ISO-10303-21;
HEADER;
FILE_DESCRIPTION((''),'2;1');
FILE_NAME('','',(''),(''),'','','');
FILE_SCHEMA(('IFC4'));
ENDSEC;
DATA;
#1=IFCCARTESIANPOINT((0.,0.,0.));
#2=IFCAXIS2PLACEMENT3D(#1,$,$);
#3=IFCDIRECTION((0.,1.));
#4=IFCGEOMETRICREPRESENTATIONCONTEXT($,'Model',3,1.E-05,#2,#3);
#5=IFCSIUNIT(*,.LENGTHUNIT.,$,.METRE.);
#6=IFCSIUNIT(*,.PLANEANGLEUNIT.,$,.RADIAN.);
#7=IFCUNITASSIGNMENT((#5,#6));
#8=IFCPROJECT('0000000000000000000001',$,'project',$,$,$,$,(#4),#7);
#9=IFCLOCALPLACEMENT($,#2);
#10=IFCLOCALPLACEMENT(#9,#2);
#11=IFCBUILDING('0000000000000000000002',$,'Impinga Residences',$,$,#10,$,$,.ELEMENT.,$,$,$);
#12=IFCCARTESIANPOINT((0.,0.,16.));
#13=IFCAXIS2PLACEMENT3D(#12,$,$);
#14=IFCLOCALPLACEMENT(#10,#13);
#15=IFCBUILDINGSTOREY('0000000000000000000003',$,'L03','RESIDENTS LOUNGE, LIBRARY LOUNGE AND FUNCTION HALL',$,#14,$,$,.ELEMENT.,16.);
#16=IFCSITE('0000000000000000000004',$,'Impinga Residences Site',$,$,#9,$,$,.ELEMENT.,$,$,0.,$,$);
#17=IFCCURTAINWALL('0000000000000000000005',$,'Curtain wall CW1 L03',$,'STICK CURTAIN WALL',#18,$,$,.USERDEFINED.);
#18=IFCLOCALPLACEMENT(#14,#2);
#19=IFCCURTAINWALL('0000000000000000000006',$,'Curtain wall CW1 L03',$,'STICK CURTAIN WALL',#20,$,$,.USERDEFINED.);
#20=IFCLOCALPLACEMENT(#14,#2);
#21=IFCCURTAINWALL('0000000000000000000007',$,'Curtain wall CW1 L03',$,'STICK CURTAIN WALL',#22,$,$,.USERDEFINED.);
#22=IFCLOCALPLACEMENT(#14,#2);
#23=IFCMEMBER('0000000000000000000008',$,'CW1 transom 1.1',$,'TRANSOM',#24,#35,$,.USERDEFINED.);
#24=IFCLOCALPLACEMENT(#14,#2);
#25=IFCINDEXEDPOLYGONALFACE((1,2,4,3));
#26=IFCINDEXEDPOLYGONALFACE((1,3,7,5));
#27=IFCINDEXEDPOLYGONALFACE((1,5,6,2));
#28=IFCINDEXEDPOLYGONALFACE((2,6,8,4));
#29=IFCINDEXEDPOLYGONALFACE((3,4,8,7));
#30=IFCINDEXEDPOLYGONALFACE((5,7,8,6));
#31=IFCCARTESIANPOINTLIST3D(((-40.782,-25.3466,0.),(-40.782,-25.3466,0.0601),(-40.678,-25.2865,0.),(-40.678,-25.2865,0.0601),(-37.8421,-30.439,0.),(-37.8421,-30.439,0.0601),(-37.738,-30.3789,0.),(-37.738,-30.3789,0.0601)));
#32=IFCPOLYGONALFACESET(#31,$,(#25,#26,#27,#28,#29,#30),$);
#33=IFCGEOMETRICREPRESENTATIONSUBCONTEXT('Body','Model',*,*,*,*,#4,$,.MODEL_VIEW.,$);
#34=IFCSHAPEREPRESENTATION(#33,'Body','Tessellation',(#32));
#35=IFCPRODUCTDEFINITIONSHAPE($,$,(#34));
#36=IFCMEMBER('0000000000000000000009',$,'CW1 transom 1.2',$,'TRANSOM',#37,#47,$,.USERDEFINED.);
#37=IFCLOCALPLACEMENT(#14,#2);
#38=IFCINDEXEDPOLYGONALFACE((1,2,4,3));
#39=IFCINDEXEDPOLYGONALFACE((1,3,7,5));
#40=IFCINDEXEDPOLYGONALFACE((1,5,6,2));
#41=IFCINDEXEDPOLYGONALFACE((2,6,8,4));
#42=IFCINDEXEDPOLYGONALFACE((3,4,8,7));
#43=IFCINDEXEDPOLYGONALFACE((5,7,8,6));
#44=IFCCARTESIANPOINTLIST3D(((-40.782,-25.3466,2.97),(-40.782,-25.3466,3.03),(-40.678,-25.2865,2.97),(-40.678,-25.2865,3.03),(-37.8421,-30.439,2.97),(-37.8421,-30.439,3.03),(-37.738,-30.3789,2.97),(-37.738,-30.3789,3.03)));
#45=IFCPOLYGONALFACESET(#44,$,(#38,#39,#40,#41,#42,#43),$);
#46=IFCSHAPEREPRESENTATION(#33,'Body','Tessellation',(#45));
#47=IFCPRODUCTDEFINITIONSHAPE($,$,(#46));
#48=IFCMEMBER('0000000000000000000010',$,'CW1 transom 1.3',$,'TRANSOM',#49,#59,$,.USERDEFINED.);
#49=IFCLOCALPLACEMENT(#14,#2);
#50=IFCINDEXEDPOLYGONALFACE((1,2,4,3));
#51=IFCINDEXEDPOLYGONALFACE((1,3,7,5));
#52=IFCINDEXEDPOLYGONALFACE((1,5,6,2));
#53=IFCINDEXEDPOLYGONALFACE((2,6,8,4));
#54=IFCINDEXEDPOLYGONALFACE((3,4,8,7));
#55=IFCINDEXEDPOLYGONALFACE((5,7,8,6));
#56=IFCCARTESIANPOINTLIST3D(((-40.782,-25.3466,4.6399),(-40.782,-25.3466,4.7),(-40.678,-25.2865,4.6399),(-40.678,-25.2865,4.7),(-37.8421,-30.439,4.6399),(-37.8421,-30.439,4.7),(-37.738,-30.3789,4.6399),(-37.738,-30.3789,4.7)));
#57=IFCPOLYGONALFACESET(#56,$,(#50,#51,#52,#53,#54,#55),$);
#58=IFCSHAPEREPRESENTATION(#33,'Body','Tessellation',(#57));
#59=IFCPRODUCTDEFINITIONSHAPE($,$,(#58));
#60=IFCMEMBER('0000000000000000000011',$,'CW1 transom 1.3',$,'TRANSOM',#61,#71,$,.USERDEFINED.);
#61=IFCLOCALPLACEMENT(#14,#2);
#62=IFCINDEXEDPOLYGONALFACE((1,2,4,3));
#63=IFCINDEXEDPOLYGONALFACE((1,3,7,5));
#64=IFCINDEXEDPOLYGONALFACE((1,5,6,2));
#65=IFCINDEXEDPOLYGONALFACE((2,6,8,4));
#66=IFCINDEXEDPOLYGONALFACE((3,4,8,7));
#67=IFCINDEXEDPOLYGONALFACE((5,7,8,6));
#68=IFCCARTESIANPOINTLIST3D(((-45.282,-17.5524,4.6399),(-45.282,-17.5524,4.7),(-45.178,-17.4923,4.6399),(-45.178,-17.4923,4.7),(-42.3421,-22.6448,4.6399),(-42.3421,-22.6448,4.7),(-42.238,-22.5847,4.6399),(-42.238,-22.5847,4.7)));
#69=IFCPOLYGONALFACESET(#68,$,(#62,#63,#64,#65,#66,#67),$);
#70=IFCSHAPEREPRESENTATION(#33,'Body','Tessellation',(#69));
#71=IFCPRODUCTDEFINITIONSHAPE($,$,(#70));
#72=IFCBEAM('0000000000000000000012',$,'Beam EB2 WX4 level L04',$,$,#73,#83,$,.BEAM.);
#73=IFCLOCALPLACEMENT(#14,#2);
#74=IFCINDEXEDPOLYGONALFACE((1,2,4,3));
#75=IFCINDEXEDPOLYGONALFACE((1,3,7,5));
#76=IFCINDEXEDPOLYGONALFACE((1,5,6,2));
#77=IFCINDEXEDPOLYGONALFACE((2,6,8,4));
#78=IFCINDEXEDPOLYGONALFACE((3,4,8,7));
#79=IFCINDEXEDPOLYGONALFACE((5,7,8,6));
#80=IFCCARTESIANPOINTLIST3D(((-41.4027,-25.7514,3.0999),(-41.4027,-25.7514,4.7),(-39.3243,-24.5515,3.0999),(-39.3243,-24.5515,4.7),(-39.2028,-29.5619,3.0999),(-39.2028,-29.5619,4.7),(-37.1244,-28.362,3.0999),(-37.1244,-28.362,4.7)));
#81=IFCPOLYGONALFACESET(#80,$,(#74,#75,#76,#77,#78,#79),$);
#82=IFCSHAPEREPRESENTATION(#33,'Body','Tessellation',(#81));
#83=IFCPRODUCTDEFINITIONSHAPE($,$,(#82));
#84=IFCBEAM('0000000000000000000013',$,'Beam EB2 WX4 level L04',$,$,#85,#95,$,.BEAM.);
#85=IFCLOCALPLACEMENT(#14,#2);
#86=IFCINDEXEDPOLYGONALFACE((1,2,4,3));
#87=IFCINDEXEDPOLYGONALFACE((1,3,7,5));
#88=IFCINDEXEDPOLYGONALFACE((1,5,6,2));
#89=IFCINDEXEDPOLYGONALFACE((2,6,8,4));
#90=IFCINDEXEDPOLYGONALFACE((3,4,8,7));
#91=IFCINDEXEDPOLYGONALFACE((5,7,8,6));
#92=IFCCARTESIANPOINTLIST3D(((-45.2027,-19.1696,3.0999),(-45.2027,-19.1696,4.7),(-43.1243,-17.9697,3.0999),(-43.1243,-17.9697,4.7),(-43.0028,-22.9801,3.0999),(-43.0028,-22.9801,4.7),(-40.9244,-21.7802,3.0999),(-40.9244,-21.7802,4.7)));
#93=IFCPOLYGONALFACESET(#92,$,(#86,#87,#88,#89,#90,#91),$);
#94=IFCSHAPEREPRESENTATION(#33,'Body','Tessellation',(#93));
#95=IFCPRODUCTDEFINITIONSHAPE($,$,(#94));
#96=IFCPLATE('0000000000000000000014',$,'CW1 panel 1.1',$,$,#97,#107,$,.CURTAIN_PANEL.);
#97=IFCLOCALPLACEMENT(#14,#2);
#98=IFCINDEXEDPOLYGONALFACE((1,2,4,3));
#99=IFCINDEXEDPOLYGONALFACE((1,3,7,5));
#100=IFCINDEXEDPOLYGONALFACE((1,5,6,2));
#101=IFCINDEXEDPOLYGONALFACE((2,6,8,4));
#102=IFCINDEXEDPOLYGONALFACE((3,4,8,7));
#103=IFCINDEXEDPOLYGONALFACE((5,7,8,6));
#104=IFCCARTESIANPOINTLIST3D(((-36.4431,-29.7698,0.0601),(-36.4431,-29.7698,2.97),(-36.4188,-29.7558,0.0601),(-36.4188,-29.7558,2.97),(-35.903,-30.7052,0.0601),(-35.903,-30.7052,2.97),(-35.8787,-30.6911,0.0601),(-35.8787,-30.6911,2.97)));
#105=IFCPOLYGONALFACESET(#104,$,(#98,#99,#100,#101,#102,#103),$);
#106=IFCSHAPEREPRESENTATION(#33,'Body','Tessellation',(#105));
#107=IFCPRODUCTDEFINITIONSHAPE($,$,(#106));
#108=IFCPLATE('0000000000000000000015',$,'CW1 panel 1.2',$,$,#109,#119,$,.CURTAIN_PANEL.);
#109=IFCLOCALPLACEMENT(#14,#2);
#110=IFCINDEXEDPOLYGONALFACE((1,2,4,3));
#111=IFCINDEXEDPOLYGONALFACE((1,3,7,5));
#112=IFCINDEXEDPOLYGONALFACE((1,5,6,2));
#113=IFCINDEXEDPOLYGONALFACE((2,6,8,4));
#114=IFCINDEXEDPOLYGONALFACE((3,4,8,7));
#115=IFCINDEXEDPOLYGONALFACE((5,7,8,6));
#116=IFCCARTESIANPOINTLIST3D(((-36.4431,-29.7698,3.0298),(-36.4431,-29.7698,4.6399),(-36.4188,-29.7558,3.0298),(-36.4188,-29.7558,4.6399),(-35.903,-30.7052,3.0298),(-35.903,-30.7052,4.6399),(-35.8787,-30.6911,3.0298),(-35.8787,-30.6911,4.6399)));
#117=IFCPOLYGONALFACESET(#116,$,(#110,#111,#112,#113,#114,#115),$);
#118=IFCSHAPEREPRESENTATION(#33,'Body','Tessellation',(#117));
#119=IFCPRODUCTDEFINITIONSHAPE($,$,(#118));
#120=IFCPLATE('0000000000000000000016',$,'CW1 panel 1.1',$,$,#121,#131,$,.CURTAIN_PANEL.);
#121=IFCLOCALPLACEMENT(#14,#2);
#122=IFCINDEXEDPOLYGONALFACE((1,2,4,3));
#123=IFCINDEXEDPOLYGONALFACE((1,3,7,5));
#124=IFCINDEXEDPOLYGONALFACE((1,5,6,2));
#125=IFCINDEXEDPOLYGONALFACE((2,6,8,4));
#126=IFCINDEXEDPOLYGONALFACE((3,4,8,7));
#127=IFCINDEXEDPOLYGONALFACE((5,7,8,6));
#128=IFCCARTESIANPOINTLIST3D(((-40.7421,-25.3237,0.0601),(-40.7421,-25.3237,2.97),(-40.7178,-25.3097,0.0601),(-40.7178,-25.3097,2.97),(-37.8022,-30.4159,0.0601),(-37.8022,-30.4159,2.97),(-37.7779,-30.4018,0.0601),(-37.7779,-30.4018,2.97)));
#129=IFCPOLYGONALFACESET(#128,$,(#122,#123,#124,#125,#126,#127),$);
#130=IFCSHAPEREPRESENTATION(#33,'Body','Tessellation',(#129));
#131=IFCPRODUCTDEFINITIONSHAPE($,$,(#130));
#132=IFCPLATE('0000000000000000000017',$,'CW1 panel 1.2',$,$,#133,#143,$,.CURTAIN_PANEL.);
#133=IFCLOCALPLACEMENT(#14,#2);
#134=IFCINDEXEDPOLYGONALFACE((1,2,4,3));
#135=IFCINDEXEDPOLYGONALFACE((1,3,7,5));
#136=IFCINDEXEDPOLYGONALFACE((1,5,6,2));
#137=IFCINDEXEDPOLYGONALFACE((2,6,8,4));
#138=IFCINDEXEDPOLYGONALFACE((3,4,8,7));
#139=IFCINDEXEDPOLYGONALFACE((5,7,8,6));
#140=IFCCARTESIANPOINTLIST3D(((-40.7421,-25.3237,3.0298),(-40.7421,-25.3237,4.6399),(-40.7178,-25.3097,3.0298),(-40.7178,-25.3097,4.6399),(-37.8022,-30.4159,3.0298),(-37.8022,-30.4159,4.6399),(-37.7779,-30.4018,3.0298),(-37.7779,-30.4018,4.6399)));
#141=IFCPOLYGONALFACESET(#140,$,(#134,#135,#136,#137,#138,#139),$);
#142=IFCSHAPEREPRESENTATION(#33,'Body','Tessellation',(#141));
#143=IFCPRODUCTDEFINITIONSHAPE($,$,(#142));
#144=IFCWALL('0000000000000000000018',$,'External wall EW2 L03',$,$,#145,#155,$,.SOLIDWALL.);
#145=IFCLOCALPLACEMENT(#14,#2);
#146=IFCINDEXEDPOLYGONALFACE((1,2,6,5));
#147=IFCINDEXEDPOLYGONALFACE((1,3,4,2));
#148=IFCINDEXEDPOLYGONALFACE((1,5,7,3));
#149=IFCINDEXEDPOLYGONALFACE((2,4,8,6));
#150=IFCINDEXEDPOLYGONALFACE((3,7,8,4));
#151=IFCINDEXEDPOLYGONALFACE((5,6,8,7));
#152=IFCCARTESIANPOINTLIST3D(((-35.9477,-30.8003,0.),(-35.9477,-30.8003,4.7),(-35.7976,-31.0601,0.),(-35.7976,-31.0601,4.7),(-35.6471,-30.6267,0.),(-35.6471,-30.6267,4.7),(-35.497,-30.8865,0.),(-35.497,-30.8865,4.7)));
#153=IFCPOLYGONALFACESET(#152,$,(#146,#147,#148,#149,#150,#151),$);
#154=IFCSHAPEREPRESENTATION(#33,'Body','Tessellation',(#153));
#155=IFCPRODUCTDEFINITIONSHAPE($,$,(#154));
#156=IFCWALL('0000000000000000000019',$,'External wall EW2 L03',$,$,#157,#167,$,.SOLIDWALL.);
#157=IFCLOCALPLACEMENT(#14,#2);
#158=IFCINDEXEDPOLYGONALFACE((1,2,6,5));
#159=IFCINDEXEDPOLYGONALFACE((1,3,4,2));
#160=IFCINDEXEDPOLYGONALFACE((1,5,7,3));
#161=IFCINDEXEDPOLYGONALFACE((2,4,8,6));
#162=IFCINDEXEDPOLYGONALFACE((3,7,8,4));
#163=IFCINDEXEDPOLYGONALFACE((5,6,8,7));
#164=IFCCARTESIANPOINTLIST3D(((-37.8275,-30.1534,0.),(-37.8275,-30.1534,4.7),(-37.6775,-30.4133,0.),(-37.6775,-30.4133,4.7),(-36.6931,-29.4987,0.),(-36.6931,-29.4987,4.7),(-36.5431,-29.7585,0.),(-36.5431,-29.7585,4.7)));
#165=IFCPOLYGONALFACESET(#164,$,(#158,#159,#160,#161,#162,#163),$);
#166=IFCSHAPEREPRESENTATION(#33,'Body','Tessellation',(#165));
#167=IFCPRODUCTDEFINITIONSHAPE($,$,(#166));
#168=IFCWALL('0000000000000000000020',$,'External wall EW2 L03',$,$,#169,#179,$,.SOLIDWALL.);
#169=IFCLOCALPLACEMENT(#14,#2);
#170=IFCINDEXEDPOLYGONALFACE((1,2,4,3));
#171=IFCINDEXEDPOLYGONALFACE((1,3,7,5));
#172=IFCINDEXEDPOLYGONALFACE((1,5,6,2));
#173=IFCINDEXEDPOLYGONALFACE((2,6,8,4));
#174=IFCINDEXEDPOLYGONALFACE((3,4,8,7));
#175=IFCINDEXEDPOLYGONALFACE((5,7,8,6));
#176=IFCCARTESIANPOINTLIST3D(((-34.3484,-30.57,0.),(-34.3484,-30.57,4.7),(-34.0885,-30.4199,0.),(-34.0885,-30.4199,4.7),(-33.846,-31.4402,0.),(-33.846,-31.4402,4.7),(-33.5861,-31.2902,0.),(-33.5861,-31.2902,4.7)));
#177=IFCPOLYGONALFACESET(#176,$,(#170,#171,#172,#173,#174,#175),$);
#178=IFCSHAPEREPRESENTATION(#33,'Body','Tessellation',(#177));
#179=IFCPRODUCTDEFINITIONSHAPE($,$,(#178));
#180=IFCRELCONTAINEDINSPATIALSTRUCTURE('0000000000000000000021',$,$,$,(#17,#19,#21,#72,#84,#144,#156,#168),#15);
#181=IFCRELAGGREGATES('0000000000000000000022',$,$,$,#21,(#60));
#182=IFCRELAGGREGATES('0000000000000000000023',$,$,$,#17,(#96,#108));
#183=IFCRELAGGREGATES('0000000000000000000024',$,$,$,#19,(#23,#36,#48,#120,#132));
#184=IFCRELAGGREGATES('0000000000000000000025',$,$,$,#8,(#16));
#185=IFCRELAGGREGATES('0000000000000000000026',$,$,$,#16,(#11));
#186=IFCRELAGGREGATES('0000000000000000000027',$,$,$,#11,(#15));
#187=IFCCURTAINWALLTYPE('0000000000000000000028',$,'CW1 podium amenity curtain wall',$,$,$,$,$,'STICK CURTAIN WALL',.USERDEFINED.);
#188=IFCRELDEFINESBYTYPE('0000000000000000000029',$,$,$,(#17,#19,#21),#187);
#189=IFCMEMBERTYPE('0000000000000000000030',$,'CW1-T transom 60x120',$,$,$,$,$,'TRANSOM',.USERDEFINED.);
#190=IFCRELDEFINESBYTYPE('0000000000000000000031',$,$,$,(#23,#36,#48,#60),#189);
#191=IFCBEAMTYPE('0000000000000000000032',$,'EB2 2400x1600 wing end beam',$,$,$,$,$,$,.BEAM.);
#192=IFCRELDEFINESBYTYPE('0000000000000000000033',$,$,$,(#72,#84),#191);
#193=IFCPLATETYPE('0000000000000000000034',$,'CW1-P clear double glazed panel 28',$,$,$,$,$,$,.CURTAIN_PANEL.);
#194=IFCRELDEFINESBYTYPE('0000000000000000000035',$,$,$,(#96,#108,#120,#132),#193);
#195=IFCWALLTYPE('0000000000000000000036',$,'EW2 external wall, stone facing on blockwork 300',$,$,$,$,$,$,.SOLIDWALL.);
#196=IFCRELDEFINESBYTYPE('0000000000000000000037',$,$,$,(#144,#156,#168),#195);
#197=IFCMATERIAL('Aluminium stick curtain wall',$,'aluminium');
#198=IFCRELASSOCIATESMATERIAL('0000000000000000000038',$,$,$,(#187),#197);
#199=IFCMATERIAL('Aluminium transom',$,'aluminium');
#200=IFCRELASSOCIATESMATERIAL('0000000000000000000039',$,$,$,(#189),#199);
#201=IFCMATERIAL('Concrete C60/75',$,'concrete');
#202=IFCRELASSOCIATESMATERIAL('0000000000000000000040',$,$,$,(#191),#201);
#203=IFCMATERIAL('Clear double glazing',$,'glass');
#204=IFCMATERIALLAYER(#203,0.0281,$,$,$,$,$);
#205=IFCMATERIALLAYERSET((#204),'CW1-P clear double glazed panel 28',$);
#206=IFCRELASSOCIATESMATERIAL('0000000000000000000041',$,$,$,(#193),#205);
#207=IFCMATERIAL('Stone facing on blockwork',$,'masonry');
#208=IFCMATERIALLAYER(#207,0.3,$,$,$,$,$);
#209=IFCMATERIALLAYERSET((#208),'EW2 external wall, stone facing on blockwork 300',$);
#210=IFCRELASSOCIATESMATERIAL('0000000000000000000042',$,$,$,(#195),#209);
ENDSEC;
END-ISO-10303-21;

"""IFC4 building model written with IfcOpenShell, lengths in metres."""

from ifc_helpers import new_model, si_unit, direction, frame, frame_2d, origin, origin_2d, place, context, subcontext, project, spatial, rectangle, extrude, material, layer, layer_set, material_profile, profile_set, type_object, element, aggregate, save


model = new_model("IFC4")

# Units and contexts
model_context = context("Model", 3, precision=1e-05, world=origin(), true_north=direction((0.0, 1.0)))
body_context = subcontext(model_context, "Body", "Model", "MODEL_VIEW")
ifc_project = project(units=[si_unit("LENGTHUNIT", "METRE"), si_unit("PLANEANGLEUNIT", "RADIAN")], contexts=[model_context])

# Site, building, storey
site_placement = place(None, origin())
site = spatial("IfcSite", under=ifc_project, at=site_placement, Name="Impinga Residences Site", CompositionType="ELEMENT", RefElevation=0.0)
building_placement = place(site_placement, origin())
building = spatial("IfcBuilding", under=site, at=building_placement, Name="Impinga Residences", CompositionType="ELEMENT")
storey_placement = place(building_placement, frame((0.0, 0.0, 16.0)))
storey = spatial("IfcBuildingStorey", under=building, at=storey_placement, Name="L03", Description="RESIDENTS LOUNGE, LIBRARY LOUNGE AND FUNCTION HALL", CompositionType="ELEMENT", Elevation=16.0)

# Shared definitions
ifc_material_1 = material(Name="Concrete C60/75", Category="concrete")

# Curtain walls
ifc_material_2 = material(Name="Aluminium stick curtain wall", Category="aluminium")
curtain_wall_type = type_object("IfcCurtainWallType", Name="CW1 podium amenity curtain wall", ElementType="STICK CURTAIN WALL", PredefinedType="USERDEFINED", material=ifc_material_2)
curtain_wall_1_placement = place(storey_placement, origin())
curtain_wall_1 = element("IfcCurtainWall", 1, at=curtain_wall_1_placement, inside=storey, type_object=curtain_wall_type, Name="Curtain wall CW1 L03", ObjectType="STICK CURTAIN WALL", PredefinedType="USERDEFINED")
curtain_wall_2_placement = place(storey_placement, origin())
curtain_wall_2 = element("IfcCurtainWall", 2, at=curtain_wall_2_placement, inside=storey, type_object=curtain_wall_type, Name="Curtain wall CW1 L03", ObjectType="STICK CURTAIN WALL", PredefinedType="USERDEFINED")

# Curtain wall
curtain_wall_3_placement = place(storey_placement, origin())
curtain_wall_3 = element("IfcCurtainWall", 3, at=curtain_wall_3_placement, inside=storey, type_object=curtain_wall_type, Name="Curtain wall CW1 L03", ObjectType="STICK CURTAIN WALL", PredefinedType="USERDEFINED")

# Members
ifc_material_3 = material(Name="Aluminium transom", Category="aluminium")
ifc_material_profile_1 = material_profile(ifc_material_3, rectangle(XDim=0.0601, YDim=0.1201, at=origin_2d()), Name="60x120 transom")
ifc_profile_set_1 = profile_set([ifc_material_profile_1], Name="Aluminium transom")
member_type_1 = type_object("IfcMemberType", Name="CW1-T transom 60x120", ElementType="TRANSOM", PredefinedType="USERDEFINED", material=ifc_profile_set_1)
member_1_placement = place(storey_placement, frame((-37.79, -30.4089, 0.03), z_axis=(-0.499988, 0.866032, 0.0), x_axis=(0.0, 0.0, 1.0)))
member_1 = element("IfcMember", 4, at=member_1_placement, type_object=member_type_1, Name="CW1 transom 1.1", ObjectType="TRANSOM", PredefinedType="USERDEFINED", context=body_context, shape_type="SweptSolid", body=[
    extrude(rectangle(XDim=0.0601, YDim=0.1201, at=origin_2d()), origin(), (0.0, 0.0, 1.0), 5.8801),
])
member_2_placement = place(storey_placement, frame((-37.79, -30.4089, 3.0), z_axis=(-0.499988, 0.866032, 0.0), x_axis=(0.0, 0.0, 1.0)))
member_2 = element("IfcMember", 5, at=member_2_placement, type_object=member_type_1, Name="CW1 transom 1.2", ObjectType="TRANSOM", PredefinedType="USERDEFINED", context=body_context, shape_type="SweptSolid", body=[
    extrude(rectangle(XDim=0.0601, YDim=0.1201, at=origin_2d()), origin(), (0.0, 0.0, 1.0), 5.8801),
])
member_3_placement = place(storey_placement, frame((-37.79, -30.4089, 4.6699), z_axis=(-0.499988, 0.866032, 0.0), x_axis=(0.0, 0.0, 1.0)))
member_3 = element("IfcMember", 6, at=member_3_placement, type_object=member_type_1, Name="CW1 transom 1.3", ObjectType="TRANSOM", PredefinedType="USERDEFINED", context=body_context, shape_type="SweptSolid", body=[
    extrude(rectangle(XDim=0.0601, YDim=0.1201, at=origin_2d()), origin(), (0.0, 0.0, 1.0), 5.8801),
])
member_4_placement = place(storey_placement, frame((-42.29, -22.6147, 4.6699), z_axis=(-0.499988, 0.866032, 0.0), x_axis=(0.0, 0.0, 1.0)))
member_4 = element("IfcMember", 7, at=member_4_placement, type_object=member_type_1, Name="CW1 transom 1.3", ObjectType="TRANSOM", PredefinedType="USERDEFINED", context=body_context, shape_type="SweptSolid", body=[
    extrude(rectangle(XDim=0.0601, YDim=0.1201, at=origin_2d()), origin(), (0.0, 0.0, 1.0), 5.8801),
])
aggregate(curtain_wall_3, [member_4])

# Beams
ifc_material_profile_2 = material_profile(ifc_material_1, rectangle(XDim=2.3999, YDim=1.6001, at=origin_2d()), Name="RC 2400x1600")
ifc_profile_set_2 = profile_set([ifc_material_profile_2], Name="Concrete C60/75")
beam_type_1 = type_object("IfcBeamType", Name="EB2 2400x1600 wing end beam", PredefinedType="BEAM", material=ifc_profile_set_2)
for number, where, z_axis, x_axis, name in (
    (8, (-38.1636, -28.9619, 3.8999), (-0.499988, 0.866032, 0.0), (-0.866032, -0.499988, 0.0), "Beam EB2 WX4 level L04"),
    (9, (-41.9636, -22.3801, 3.8999), (-0.499988, 0.866032, 0.0), (-0.866032, -0.499988, 0.0), "Beam EB2 WX4 level L04"),
):
    element("IfcBeam", number, at=place(storey_placement, frame(where, z_axis=z_axis, x_axis=x_axis)), inside=storey, type_object=beam_type_1, Name=name, PredefinedType="BEAM", context=body_context, shape_type="SweptSolid", body=[
        extrude(rectangle(XDim=2.3999, YDim=1.6001, at=origin_2d()), origin(), (0.0, 0.0, 1.0), 4.3999),
    ])

# Plates
ifc_material_4 = material(Name="Clear double glazing", Category="glass")
ifc_layer_1 = layer(ifc_material_4, 0.0281)
ifc_layer_set_1 = layer_set([ifc_layer_1], Name="CW1-P clear double glazed panel 28")
plate_type = type_object("IfcPlateType", Name="CW1-P clear double glazed panel 28", PredefinedType="CURTAIN_PANEL", material=ifc_layer_set_1)
plate_1_placement = place(storey_placement, frame((-36.1609, -30.2305, 0.0601), z_axis=(0.0, 0.0, 1.0), x_axis=(-0.5, 0.866026, 0.0)))
plate_1 = element("IfcPlate", 10, at=plate_1_placement, type_object=plate_type, Name="CW1 panel 1.1", PredefinedType="CURTAIN_PANEL", context=body_context, shape_type="SweptSolid", body=[
    extrude(rectangle(XDim=1.0801, YDim=0.0281, at=origin_2d()), origin(), (0.0, 0.0, 1.0), 2.9099),
])
plate_2_placement = place(storey_placement, frame((-36.1609, -30.2305, 3.0298), z_axis=(0.0, 0.0, 1.0), x_axis=(-0.5, 0.866026, 0.0)))
plate_2 = element("IfcPlate", 11, at=plate_2_placement, type_object=plate_type, Name="CW1 panel 1.2", PredefinedType="CURTAIN_PANEL", context=body_context, shape_type="SweptSolid", body=[
    extrude(rectangle(XDim=1.0801, YDim=0.0281, at=origin_2d()), origin(), (0.0, 0.0, 1.0), 1.6101),
])
aggregate(curtain_wall_1, [plate_1, plate_2])
plate_3_placement = place(storey_placement, frame((-39.26, -27.8628, 0.0601), z_axis=(0.0, 0.0, 1.0), x_axis=(-0.5, 0.866025, 0.0)))
plate_3 = element("IfcPlate", 12, at=plate_3_placement, type_object=plate_type, Name="CW1 panel 1.1", PredefinedType="CURTAIN_PANEL", context=body_context, shape_type="SweptSolid", body=[
    extrude(rectangle(XDim=5.8799, YDim=0.0281, at=origin_2d()), origin(), (0.0, 0.0, 1.0), 2.9099),
])
plate_4_placement = place(storey_placement, frame((-39.26, -27.8628, 3.0298), z_axis=(0.0, 0.0, 1.0), x_axis=(-0.5, 0.866025, 0.0)))
plate_4 = element("IfcPlate", 13, at=plate_4_placement, type_object=plate_type, Name="CW1 panel 1.2", PredefinedType="CURTAIN_PANEL", context=body_context, shape_type="SweptSolid", body=[
    extrude(rectangle(XDim=5.8799, YDim=0.0281, at=origin_2d()), origin(), (0.0, 0.0, 1.0), 1.6101),
])
aggregate(curtain_wall_2, [member_1, member_2, member_3, plate_3, plate_4])

# Walls
ifc_material_5 = material(Name="Stone facing on blockwork", Category="masonry")
ifc_layer_2 = layer(ifc_material_5, 0.3)
ifc_layer_set_2 = layer_set([ifc_layer_2], Name="EW2 external wall, stone facing on blockwork 300")
wall_type_1 = type_object("IfcWallType", Name="EW2 external wall, stone facing on blockwork 300", PredefinedType="SOLIDWALL", material=ifc_layer_set_2)
wall_1_placement = place(storey_placement, frame((-35.572, -30.7566, 0.0), z_axis=(0.0, 0.0, 1.0), x_axis=(-0.86594, -0.500149, 0.0)))
element("IfcWall", 14, at=wall_1_placement, inside=storey, type_object=wall_type_1, Name="External wall EW2 L03", PredefinedType="SOLIDWALL", context=body_context, shape_type="SweptSolid", body=[
    extrude(rectangle(XDim=0.3472, YDim=0.3, at=frame_2d((0.1736, 0.0))), origin(), (0.0, 0.0, 1.0), 4.7),
])
wall_2_placement = place(storey_placement, frame((-36.6182, -29.6287, 0.0), z_axis=(0.0, 0.0, 1.0), x_axis=(-0.866102, -0.499868, 0.0)))
element("IfcWall", 15, at=wall_2_placement, inside=storey, type_object=wall_type_1, Name="External wall EW2 L03", PredefinedType="SOLIDWALL", context=body_context, shape_type="SweptSolid", body=[
    extrude(rectangle(XDim=1.3098, YDim=0.3, at=frame_2d((0.6548, 0.0))), origin(), (0.0, 0.0, 1.0), 4.7),
])

# Wall
wall_3_placement = place(storey_placement, frame((-33.7161, -31.3652, 0.0), z_axis=(0.0, 0.0, 1.0), x_axis=(-0.499954, 0.866052, 0.0)))
element("IfcWall", 16, at=wall_3_placement, inside=storey, type_object=wall_type_1, Name="External wall EW2 L03", PredefinedType="SOLIDWALL", context=body_context, shape_type="SweptSolid", body=[
    extrude(rectangle(XDim=1.0049, YDim=0.3, at=frame_2d((0.5024, 0.0))), origin(), (0.0, 0.0, 1.0), 4.7),
])

save(model, "model.ifc")
